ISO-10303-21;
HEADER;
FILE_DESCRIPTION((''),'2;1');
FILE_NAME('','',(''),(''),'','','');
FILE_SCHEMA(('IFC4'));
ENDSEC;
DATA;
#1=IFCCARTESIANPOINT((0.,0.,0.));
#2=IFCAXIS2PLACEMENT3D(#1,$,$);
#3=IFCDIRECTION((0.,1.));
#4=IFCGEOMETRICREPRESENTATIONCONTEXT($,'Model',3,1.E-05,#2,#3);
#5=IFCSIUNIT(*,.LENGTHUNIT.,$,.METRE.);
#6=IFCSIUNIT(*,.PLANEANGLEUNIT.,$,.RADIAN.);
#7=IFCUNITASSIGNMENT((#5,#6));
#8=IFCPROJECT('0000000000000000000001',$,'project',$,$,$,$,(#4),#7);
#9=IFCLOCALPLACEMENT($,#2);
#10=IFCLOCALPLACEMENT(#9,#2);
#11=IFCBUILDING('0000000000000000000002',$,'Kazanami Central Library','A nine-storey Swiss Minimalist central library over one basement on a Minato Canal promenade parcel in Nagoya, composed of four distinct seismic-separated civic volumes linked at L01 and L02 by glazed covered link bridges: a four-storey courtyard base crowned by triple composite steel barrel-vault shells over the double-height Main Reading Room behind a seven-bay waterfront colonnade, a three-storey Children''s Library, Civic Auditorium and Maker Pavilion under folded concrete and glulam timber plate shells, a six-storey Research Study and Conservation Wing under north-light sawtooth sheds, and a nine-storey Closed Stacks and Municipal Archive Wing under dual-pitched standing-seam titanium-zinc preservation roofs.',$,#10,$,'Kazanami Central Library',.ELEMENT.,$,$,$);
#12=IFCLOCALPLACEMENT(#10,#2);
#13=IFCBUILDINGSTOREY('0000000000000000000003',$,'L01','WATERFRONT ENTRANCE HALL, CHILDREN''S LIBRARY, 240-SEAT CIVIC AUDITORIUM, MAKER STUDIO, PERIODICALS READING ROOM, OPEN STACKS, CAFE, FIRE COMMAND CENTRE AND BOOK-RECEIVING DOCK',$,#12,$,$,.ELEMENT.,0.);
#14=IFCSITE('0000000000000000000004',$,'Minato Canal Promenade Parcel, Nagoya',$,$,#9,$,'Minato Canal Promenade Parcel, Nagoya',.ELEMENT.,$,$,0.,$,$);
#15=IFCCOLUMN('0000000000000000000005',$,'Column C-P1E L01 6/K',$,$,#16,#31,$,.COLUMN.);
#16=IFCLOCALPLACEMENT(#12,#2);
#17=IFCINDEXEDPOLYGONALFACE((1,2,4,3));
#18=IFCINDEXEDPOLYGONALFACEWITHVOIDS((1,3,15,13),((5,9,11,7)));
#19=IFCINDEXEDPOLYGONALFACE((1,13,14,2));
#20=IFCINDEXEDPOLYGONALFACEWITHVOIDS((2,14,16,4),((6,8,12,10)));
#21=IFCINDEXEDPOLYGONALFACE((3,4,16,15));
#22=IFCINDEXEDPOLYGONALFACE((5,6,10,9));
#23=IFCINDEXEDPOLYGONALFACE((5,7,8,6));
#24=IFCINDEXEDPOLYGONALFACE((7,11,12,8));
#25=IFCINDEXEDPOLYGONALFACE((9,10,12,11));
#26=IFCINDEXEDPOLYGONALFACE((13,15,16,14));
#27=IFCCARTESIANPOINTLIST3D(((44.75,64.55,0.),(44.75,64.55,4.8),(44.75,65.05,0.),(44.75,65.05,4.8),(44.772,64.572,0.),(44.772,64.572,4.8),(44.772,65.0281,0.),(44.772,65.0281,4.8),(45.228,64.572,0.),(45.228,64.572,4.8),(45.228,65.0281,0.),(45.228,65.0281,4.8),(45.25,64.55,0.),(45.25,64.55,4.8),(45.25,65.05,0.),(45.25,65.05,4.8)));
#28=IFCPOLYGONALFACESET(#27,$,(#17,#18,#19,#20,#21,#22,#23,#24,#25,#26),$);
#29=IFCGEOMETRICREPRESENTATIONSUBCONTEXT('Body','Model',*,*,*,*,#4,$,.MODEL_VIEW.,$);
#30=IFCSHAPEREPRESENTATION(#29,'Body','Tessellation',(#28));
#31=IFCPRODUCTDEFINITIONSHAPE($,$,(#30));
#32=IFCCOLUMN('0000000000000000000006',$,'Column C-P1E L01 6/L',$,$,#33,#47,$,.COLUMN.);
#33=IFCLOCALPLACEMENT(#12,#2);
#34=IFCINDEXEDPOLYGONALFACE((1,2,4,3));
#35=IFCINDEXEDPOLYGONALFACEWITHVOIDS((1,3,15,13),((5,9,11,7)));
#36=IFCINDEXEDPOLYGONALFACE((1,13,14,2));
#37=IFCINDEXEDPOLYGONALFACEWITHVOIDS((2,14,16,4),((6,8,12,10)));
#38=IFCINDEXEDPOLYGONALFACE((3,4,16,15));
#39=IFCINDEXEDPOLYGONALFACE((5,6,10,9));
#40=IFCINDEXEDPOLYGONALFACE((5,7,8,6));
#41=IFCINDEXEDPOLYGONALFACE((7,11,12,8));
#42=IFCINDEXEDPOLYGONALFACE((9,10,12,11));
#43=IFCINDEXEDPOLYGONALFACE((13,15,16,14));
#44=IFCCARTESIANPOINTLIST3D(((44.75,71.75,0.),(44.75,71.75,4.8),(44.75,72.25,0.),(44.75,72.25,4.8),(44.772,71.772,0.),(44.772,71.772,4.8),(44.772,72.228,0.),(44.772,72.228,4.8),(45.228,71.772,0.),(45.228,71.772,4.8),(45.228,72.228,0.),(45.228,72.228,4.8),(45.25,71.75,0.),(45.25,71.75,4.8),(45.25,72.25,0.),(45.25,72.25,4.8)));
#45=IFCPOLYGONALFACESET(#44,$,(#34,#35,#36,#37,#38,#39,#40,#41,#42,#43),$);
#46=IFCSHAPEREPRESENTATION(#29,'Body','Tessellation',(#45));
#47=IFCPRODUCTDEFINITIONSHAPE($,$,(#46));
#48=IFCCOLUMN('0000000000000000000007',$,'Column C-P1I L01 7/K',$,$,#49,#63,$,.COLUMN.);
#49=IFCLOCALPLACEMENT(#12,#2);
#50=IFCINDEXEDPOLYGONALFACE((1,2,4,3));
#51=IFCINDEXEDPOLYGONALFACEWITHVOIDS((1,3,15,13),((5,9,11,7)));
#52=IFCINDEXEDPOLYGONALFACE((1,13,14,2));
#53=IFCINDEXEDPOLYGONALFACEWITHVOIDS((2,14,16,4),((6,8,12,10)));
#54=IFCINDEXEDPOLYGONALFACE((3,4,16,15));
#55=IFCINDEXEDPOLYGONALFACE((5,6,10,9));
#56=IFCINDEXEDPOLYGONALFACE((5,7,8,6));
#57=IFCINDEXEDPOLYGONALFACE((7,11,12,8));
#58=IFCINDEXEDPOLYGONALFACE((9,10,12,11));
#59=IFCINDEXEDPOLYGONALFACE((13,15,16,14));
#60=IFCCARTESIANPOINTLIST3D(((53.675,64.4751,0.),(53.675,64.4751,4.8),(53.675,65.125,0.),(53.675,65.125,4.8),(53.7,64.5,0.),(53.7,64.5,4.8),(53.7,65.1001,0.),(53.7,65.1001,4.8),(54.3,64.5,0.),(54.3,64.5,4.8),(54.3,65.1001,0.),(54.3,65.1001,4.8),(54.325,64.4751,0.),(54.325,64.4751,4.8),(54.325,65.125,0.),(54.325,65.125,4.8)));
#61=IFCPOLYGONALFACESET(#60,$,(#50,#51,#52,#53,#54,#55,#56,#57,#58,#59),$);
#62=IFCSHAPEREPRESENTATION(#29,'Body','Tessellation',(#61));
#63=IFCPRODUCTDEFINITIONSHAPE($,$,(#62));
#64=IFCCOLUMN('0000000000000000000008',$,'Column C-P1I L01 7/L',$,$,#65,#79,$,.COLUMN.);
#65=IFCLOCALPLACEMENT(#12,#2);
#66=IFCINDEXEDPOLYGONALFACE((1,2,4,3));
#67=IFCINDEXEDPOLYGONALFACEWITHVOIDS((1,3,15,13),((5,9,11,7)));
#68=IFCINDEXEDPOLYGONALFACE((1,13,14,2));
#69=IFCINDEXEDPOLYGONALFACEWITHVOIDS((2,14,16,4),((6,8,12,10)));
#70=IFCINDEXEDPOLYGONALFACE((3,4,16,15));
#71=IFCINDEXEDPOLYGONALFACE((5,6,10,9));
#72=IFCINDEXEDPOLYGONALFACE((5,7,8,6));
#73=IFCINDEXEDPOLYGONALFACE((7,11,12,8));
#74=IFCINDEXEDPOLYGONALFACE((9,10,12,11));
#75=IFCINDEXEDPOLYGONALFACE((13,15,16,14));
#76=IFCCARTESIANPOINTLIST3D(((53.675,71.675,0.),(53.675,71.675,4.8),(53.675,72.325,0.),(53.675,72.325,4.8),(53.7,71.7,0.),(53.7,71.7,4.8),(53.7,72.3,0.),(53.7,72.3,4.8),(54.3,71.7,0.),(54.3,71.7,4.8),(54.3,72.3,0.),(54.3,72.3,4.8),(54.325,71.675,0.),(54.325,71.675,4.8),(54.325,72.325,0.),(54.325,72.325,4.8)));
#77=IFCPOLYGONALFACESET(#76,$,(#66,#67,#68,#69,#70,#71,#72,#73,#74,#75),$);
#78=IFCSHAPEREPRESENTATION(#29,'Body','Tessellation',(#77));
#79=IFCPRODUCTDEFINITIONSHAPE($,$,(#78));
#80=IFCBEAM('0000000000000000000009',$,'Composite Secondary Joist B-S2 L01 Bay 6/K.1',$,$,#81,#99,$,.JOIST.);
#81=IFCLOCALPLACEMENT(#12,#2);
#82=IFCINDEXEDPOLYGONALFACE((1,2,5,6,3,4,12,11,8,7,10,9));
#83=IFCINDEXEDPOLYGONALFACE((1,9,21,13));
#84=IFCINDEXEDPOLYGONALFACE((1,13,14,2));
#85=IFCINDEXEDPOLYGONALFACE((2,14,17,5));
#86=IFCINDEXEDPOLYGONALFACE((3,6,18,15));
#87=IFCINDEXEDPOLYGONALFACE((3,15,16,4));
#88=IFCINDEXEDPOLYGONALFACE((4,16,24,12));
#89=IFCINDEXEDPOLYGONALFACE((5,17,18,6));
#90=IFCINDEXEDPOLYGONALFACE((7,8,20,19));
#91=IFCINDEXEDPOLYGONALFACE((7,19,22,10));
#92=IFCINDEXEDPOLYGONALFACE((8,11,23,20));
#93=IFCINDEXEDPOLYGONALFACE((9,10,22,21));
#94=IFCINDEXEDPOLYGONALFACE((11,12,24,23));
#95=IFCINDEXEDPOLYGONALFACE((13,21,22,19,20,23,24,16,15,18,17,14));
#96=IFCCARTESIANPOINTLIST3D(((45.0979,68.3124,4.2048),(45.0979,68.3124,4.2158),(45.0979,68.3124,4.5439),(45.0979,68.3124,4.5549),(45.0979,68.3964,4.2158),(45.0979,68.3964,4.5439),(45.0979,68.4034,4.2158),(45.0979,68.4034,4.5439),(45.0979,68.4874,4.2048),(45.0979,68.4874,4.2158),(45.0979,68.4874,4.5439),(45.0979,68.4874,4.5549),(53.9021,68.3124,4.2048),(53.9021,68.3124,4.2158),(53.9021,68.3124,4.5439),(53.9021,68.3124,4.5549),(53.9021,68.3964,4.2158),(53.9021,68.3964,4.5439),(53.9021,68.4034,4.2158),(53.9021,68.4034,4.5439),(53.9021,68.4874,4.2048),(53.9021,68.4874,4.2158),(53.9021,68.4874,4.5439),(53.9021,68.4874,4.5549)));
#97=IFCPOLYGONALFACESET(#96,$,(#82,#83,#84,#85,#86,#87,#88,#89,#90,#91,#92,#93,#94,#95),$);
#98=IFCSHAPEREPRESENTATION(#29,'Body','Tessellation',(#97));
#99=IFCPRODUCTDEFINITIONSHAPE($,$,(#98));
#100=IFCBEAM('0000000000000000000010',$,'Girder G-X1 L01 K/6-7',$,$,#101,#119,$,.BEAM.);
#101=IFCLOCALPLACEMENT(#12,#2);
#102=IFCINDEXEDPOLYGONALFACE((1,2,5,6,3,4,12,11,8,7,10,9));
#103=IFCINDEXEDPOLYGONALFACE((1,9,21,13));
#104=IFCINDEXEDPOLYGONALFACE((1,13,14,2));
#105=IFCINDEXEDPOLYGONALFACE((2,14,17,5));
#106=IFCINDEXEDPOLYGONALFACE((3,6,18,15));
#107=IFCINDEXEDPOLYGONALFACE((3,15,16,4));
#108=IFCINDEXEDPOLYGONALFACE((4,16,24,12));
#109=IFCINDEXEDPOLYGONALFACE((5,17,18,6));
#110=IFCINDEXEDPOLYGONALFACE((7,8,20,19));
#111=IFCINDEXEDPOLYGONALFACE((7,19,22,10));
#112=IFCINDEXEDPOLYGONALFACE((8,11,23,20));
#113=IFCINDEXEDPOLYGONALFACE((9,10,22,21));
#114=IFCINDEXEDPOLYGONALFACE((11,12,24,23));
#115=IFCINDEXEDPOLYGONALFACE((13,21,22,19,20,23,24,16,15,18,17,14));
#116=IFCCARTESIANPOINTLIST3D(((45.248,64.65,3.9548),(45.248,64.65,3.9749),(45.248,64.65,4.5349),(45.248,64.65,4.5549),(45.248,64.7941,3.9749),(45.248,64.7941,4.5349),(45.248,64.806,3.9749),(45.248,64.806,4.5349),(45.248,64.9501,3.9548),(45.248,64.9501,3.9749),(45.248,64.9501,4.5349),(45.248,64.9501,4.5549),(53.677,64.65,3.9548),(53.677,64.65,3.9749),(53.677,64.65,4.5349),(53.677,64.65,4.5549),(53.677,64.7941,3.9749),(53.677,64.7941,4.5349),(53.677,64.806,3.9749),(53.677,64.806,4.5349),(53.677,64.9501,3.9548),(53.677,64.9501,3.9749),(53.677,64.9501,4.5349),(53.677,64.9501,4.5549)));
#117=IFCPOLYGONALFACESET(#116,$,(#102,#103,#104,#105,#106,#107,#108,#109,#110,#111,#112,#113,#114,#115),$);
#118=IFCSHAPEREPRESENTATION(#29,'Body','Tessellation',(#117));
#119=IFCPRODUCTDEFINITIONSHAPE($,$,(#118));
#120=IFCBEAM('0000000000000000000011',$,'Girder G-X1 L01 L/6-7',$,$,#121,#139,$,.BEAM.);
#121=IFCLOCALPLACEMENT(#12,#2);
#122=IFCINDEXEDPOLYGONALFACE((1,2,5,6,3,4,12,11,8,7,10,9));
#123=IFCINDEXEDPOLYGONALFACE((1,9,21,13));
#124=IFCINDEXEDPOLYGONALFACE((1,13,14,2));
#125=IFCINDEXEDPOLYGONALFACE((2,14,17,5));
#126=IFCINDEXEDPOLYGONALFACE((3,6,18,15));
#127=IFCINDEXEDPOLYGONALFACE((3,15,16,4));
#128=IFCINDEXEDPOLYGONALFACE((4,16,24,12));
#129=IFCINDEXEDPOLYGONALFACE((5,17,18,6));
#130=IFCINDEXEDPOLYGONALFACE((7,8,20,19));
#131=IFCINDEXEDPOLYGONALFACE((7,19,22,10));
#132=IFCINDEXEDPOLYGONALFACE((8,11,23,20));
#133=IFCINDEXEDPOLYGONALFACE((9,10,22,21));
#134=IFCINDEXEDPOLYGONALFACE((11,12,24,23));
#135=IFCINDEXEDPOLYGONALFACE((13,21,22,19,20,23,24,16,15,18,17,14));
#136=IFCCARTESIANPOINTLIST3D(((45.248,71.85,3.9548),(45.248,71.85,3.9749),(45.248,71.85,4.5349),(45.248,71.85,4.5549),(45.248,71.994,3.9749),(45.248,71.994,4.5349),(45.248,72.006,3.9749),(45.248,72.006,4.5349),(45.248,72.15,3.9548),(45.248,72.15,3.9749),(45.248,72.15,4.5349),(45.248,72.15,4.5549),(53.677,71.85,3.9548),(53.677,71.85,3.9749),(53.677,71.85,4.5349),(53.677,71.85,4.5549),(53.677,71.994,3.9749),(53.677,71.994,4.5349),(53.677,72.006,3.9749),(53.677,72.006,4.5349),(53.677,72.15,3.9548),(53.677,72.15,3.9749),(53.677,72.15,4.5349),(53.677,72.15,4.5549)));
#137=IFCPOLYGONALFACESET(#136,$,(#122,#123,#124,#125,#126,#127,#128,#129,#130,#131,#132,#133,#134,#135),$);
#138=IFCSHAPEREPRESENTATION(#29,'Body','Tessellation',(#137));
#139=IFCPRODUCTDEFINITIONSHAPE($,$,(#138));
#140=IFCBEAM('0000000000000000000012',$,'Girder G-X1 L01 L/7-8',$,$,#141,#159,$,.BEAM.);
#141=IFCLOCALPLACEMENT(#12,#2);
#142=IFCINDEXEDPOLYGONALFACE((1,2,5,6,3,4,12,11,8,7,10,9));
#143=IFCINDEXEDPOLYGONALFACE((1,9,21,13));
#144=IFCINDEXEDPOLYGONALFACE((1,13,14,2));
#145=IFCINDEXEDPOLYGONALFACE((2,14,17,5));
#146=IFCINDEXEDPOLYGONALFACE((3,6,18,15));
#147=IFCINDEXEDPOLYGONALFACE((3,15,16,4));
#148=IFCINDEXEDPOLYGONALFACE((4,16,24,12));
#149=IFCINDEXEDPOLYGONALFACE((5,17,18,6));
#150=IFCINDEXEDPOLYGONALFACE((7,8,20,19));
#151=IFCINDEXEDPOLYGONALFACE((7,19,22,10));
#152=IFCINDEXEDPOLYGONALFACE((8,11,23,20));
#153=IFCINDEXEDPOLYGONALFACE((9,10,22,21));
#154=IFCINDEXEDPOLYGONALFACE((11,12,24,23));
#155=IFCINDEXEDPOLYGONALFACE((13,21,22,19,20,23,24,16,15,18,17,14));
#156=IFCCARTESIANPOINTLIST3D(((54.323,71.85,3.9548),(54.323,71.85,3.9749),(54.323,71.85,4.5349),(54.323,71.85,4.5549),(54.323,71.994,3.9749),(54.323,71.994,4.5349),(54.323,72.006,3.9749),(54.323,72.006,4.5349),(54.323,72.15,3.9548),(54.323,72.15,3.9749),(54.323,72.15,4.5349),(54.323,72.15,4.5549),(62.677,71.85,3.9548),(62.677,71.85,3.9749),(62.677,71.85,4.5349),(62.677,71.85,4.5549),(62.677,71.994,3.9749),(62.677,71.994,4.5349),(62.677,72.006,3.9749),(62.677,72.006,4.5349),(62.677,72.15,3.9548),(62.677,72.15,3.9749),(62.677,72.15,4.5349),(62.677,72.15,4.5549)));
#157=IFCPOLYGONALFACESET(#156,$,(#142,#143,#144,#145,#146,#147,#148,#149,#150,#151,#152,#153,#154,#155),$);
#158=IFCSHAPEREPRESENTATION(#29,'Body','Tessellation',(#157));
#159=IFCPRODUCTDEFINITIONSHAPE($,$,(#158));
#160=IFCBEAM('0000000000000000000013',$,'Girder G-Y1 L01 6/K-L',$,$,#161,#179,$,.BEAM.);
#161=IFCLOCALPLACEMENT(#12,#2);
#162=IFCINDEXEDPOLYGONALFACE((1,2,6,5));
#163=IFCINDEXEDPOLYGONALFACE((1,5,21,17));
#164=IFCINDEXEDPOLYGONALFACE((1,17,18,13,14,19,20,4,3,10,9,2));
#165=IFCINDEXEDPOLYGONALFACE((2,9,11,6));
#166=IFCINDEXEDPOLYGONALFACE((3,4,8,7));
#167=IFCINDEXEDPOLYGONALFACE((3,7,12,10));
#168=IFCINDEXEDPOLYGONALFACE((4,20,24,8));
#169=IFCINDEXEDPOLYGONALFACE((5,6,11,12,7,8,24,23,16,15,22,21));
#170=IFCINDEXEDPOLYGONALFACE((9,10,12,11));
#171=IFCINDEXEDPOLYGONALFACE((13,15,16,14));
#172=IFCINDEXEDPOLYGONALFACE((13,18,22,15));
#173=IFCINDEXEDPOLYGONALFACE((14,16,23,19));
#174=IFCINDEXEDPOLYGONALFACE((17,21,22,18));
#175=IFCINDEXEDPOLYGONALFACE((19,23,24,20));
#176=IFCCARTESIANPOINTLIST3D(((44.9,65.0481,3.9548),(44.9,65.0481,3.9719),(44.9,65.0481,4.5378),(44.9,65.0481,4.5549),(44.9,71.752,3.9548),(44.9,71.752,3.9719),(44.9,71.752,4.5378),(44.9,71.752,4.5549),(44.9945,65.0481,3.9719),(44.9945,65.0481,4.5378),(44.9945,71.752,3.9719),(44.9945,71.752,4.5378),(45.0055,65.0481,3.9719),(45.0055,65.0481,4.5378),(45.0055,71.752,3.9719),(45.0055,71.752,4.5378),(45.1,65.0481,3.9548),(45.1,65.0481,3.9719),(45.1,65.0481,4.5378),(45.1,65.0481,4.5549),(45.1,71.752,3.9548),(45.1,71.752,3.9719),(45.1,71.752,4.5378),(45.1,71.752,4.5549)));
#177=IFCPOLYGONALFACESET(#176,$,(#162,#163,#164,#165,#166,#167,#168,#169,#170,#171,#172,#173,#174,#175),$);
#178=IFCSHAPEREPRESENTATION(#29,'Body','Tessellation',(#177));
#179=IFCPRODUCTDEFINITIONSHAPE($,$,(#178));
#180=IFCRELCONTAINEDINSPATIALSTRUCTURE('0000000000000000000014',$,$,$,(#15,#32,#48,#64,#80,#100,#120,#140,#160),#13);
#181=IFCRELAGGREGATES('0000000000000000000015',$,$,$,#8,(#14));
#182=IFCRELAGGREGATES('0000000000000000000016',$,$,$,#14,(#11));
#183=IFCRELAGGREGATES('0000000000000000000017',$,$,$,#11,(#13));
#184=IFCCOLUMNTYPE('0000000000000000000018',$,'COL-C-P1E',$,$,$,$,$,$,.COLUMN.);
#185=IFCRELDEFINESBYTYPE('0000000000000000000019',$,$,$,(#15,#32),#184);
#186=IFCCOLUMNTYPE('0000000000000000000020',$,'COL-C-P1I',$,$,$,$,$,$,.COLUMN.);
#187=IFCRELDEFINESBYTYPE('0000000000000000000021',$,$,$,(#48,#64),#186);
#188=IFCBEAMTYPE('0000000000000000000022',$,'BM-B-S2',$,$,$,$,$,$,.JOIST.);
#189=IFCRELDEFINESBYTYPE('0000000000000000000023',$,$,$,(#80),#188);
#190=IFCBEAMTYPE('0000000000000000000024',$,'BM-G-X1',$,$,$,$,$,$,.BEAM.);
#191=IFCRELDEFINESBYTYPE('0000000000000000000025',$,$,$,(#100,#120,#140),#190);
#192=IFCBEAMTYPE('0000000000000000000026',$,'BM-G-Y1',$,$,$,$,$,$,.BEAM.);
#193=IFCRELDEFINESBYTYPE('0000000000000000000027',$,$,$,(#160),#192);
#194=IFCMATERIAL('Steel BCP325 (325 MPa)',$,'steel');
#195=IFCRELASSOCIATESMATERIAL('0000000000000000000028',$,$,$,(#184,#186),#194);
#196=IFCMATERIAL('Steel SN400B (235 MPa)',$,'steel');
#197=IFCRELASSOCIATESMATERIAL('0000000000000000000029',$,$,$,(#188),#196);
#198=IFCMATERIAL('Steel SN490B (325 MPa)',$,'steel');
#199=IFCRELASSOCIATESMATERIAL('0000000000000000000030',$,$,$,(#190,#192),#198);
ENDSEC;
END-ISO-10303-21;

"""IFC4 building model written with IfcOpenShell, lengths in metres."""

from ifc_helpers import new_model, si_unit, direction, frame, origin, origin_2d, place, context, subcontext, project, spatial, hollow_rectangle, i_section, extrude, material, material_profile, profile_set, type_object, element, save


model = new_model("IFC4")

# Units and contexts
model_context = context("Model", 3, precision=1e-05, world=origin(), true_north=direction((0.0, 1.0)))
body_context = subcontext(model_context, "Body", "Model", "MODEL_VIEW")
ifc_project = project(units=[si_unit("LENGTHUNIT", "METRE"), si_unit("PLANEANGLEUNIT", "RADIAN")], contexts=[model_context])

# Site, building, storey
site_placement = place(None, origin())
site = spatial("IfcSite", under=ifc_project, at=site_placement, Name="Minato Canal Promenade Parcel, Nagoya", LongName="Minato Canal Promenade Parcel, Nagoya", CompositionType="ELEMENT", RefElevation=0.0)
building_placement = place(site_placement, origin())
building = spatial("IfcBuilding", under=site, at=building_placement, Name="Kazanami Central Library", Description="A nine-storey Swiss Minimalist central library over one basement on a Minato Canal promenade parcel in Nagoya, composed of four distinct seismic-separated civic volumes linked at L01 and L02 by glazed covered link bridges: a four-storey courtyard base crowned by triple composite steel barrel-vault shells over the double-height Main Reading Room behind a seven-bay waterfront colonnade, a three-storey Children's Library, Civic Auditorium and Maker Pavilion under folded concrete and glulam timber plate shells, a six-storey Research Study and Conservation Wing under north-light sawtooth sheds, and a nine-storey Closed Stacks and Municipal Archive Wing under dual-pitched standing-seam titanium-zinc preservation roofs.", LongName="Kazanami Central Library", CompositionType="ELEMENT")
storey_placement = place(building_placement, origin())
storey = spatial("IfcBuildingStorey", under=building, at=storey_placement, Name="L01", Description="WATERFRONT ENTRANCE HALL, CHILDREN'S LIBRARY, 240-SEAT CIVIC AUDITORIUM, MAKER STUDIO, PERIODICALS READING ROOM, OPEN STACKS, CAFE, FIRE COMMAND CENTRE AND BOOK-RECEIVING DOCK", CompositionType="ELEMENT", Elevation=0.0)

# Columns
ifc_material_1 = material(Name="Steel BCP325 (325 MPa)", Category="steel")
ifc_material_profile_1 = material_profile(ifc_material_1, hollow_rectangle(XDim=0.5, YDim=0.5, WallThickness=0.022, at=origin_2d()), Name="BCP-500x500x22")
ifc_profile_set_1 = profile_set([ifc_material_profile_1], Name="Steel BCP325 (325 MPa)")
column_type_1 = type_object("IfcColumnType", Name="COL-C-P1E", PredefinedType="COLUMN", material=ifc_profile_set_1)
for number, where, z_axis, x_axis, name in (
    (1, (45.0, 64.8, 0.0), (0.0, 0.0, 1.0), (1.0, 0.0, 0.0), "Column C-P1E L01 6/K"),
    (2, (45.0, 72.0, 0.0), (0.0, 0.0, 1.0), (1.0, 0.0, 0.0), "Column C-P1E L01 6/L"),
):
    element("IfcColumn", number, at=place(storey_placement, frame(where, z_axis=z_axis, x_axis=x_axis)), inside=storey, type_object=column_type_1, Name=name, PredefinedType="COLUMN", context=body_context, shape_type="SweptSolid", body=[
        extrude(hollow_rectangle(XDim=0.5, YDim=0.5, WallThickness=0.022, at=origin_2d()), origin(), (0.0, 0.0, 1.0), 4.8),
    ])
ifc_material_profile_2 = material_profile(ifc_material_1, hollow_rectangle(XDim=0.6499, YDim=0.6499, WallThickness=0.0249, at=origin_2d()), Name="BCP-650x650x25")
ifc_profile_set_2 = profile_set([ifc_material_profile_2], Name="Steel BCP325 (325 MPa)")
column_type_2 = type_object("IfcColumnType", Name="COL-C-P1I", PredefinedType="COLUMN", material=ifc_profile_set_2)
for number, where, z_axis, x_axis, name in (
    (3, (54.0, 64.8, 0.0), (0.0, 0.0, 1.0), (1.0, 0.0, 0.0), "Column C-P1I L01 7/K"),
    (4, (54.0, 72.0, 0.0), (0.0, 0.0, 1.0), (1.0, 0.0, 0.0), "Column C-P1I L01 7/L"),
):
    element("IfcColumn", number, at=place(storey_placement, frame(where, z_axis=z_axis, x_axis=x_axis)), inside=storey, type_object=column_type_2, Name=name, PredefinedType="COLUMN", context=body_context, shape_type="SweptSolid", body=[
        extrude(hollow_rectangle(XDim=0.6499, YDim=0.6499, WallThickness=0.0249, at=origin_2d()), origin(), (0.0, 0.0, 1.0), 4.8),
    ])

# Beams
ifc_material_2 = material(Name="Steel SN400B (235 MPa)", Category="steel")
ifc_material_profile_3 = material_profile(ifc_material_2, i_section(OverallWidth=0.175, OverallDepth=0.3501, WebThickness=0.0071, FlangeThickness=0.011, at=origin_2d()), Name="H-350x175x7x11")
ifc_profile_set_3 = profile_set([ifc_material_profile_3], Name="Steel SN400B (235 MPa)")
beam_type_1 = type_object("IfcBeamType", Name="BM-B-S2", PredefinedType="JOIST", material=ifc_profile_set_3)
beam_1_placement = place(storey_placement, frame((45.0979, 68.3999, 4.3799), z_axis=(1.0, 0.0, 0.0), x_axis=(0.0, 1.0, 0.0)))
element("IfcBeam", 5, at=beam_1_placement, inside=storey, type_object=beam_type_1, Name="Composite Secondary Joist B-S2 L01 Bay 6/K.1", PredefinedType="JOIST", context=body_context, shape_type="SweptSolid", body=[
    extrude(i_section(OverallWidth=0.175, OverallDepth=0.3501, WebThickness=0.0071, FlangeThickness=0.011, at=origin_2d()), origin(), (0.0, 0.0, 1.0), 8.8042),
])
ifc_material_3 = material(Name="Steel SN490B (325 MPa)", Category="steel")
ifc_material_profile_4 = material_profile(ifc_material_3, i_section(OverallWidth=0.3, OverallDepth=0.6001, WebThickness=0.012, FlangeThickness=0.02, at=origin_2d()), Name="H-600x300x12x20")
ifc_profile_set_4 = profile_set([ifc_material_profile_4], Name="Steel SN490B (325 MPa)")
beam_type_2 = type_object("IfcBeamType", Name="BM-G-X1", PredefinedType="BEAM", material=ifc_profile_set_4)
for number, where, z_axis, x_axis, name in (
    (6, (45.248, 64.8, 4.2549), (1.0, 0.0, 0.0), (0.0, 1.0, 0.0), "Girder G-X1 L01 K/6-7"),
    (7, (45.248, 72.0, 4.2549), (1.0, 0.0, 0.0), (0.0, 1.0, 0.0), "Girder G-X1 L01 L/6-7"),
):
    element("IfcBeam", number, at=place(storey_placement, frame(where, z_axis=z_axis, x_axis=x_axis)), inside=storey, type_object=beam_type_2, Name=name, PredefinedType="BEAM", context=body_context, shape_type="SweptSolid", body=[
        extrude(i_section(OverallWidth=0.3, OverallDepth=0.6001, WebThickness=0.012, FlangeThickness=0.02, at=origin_2d()), origin(), (0.0, 0.0, 1.0), 8.429),
    ])
beam_2_placement = place(storey_placement, frame((54.323, 72.0, 4.2549), z_axis=(1.0, 0.0, 0.0), x_axis=(0.0, 1.0, 0.0)))
element("IfcBeam", 8, at=beam_2_placement, inside=storey, type_object=beam_type_2, Name="Girder G-X1 L01 L/7-8", PredefinedType="BEAM", context=body_context, shape_type="SweptSolid", body=[
    extrude(i_section(OverallWidth=0.3, OverallDepth=0.6001, WebThickness=0.012, FlangeThickness=0.02, at=origin_2d()), origin(), (0.0, 0.0, 1.0), 8.354),
])
ifc_material_profile_5 = material_profile(ifc_material_3, i_section(OverallWidth=0.2, OverallDepth=0.6001, WebThickness=0.011, FlangeThickness=0.0171, at=origin_2d()), Name="H-600x200x11x17")
ifc_profile_set_5 = profile_set([ifc_material_profile_5], Name="Steel SN490B (325 MPa)")
beam_type_3 = type_object("IfcBeamType", Name="BM-G-Y1", PredefinedType="BEAM", material=ifc_profile_set_5)
beam_3_placement = place(storey_placement, frame((45.0, 65.0481, 4.2549), z_axis=(0.0, 1.0, 0.0), x_axis=(-1.0, 0.0, 0.0)))
element("IfcBeam", 9, at=beam_3_placement, inside=storey, type_object=beam_type_3, Name="Girder G-Y1 L01 6/K-L", PredefinedType="BEAM", context=body_context, shape_type="SweptSolid", body=[
    extrude(i_section(OverallWidth=0.2, OverallDepth=0.6001, WebThickness=0.011, FlangeThickness=0.0171, at=origin_2d()), origin(), (0.0, 0.0, 1.0), 6.7039),
])

save(model, "model.ifc")
